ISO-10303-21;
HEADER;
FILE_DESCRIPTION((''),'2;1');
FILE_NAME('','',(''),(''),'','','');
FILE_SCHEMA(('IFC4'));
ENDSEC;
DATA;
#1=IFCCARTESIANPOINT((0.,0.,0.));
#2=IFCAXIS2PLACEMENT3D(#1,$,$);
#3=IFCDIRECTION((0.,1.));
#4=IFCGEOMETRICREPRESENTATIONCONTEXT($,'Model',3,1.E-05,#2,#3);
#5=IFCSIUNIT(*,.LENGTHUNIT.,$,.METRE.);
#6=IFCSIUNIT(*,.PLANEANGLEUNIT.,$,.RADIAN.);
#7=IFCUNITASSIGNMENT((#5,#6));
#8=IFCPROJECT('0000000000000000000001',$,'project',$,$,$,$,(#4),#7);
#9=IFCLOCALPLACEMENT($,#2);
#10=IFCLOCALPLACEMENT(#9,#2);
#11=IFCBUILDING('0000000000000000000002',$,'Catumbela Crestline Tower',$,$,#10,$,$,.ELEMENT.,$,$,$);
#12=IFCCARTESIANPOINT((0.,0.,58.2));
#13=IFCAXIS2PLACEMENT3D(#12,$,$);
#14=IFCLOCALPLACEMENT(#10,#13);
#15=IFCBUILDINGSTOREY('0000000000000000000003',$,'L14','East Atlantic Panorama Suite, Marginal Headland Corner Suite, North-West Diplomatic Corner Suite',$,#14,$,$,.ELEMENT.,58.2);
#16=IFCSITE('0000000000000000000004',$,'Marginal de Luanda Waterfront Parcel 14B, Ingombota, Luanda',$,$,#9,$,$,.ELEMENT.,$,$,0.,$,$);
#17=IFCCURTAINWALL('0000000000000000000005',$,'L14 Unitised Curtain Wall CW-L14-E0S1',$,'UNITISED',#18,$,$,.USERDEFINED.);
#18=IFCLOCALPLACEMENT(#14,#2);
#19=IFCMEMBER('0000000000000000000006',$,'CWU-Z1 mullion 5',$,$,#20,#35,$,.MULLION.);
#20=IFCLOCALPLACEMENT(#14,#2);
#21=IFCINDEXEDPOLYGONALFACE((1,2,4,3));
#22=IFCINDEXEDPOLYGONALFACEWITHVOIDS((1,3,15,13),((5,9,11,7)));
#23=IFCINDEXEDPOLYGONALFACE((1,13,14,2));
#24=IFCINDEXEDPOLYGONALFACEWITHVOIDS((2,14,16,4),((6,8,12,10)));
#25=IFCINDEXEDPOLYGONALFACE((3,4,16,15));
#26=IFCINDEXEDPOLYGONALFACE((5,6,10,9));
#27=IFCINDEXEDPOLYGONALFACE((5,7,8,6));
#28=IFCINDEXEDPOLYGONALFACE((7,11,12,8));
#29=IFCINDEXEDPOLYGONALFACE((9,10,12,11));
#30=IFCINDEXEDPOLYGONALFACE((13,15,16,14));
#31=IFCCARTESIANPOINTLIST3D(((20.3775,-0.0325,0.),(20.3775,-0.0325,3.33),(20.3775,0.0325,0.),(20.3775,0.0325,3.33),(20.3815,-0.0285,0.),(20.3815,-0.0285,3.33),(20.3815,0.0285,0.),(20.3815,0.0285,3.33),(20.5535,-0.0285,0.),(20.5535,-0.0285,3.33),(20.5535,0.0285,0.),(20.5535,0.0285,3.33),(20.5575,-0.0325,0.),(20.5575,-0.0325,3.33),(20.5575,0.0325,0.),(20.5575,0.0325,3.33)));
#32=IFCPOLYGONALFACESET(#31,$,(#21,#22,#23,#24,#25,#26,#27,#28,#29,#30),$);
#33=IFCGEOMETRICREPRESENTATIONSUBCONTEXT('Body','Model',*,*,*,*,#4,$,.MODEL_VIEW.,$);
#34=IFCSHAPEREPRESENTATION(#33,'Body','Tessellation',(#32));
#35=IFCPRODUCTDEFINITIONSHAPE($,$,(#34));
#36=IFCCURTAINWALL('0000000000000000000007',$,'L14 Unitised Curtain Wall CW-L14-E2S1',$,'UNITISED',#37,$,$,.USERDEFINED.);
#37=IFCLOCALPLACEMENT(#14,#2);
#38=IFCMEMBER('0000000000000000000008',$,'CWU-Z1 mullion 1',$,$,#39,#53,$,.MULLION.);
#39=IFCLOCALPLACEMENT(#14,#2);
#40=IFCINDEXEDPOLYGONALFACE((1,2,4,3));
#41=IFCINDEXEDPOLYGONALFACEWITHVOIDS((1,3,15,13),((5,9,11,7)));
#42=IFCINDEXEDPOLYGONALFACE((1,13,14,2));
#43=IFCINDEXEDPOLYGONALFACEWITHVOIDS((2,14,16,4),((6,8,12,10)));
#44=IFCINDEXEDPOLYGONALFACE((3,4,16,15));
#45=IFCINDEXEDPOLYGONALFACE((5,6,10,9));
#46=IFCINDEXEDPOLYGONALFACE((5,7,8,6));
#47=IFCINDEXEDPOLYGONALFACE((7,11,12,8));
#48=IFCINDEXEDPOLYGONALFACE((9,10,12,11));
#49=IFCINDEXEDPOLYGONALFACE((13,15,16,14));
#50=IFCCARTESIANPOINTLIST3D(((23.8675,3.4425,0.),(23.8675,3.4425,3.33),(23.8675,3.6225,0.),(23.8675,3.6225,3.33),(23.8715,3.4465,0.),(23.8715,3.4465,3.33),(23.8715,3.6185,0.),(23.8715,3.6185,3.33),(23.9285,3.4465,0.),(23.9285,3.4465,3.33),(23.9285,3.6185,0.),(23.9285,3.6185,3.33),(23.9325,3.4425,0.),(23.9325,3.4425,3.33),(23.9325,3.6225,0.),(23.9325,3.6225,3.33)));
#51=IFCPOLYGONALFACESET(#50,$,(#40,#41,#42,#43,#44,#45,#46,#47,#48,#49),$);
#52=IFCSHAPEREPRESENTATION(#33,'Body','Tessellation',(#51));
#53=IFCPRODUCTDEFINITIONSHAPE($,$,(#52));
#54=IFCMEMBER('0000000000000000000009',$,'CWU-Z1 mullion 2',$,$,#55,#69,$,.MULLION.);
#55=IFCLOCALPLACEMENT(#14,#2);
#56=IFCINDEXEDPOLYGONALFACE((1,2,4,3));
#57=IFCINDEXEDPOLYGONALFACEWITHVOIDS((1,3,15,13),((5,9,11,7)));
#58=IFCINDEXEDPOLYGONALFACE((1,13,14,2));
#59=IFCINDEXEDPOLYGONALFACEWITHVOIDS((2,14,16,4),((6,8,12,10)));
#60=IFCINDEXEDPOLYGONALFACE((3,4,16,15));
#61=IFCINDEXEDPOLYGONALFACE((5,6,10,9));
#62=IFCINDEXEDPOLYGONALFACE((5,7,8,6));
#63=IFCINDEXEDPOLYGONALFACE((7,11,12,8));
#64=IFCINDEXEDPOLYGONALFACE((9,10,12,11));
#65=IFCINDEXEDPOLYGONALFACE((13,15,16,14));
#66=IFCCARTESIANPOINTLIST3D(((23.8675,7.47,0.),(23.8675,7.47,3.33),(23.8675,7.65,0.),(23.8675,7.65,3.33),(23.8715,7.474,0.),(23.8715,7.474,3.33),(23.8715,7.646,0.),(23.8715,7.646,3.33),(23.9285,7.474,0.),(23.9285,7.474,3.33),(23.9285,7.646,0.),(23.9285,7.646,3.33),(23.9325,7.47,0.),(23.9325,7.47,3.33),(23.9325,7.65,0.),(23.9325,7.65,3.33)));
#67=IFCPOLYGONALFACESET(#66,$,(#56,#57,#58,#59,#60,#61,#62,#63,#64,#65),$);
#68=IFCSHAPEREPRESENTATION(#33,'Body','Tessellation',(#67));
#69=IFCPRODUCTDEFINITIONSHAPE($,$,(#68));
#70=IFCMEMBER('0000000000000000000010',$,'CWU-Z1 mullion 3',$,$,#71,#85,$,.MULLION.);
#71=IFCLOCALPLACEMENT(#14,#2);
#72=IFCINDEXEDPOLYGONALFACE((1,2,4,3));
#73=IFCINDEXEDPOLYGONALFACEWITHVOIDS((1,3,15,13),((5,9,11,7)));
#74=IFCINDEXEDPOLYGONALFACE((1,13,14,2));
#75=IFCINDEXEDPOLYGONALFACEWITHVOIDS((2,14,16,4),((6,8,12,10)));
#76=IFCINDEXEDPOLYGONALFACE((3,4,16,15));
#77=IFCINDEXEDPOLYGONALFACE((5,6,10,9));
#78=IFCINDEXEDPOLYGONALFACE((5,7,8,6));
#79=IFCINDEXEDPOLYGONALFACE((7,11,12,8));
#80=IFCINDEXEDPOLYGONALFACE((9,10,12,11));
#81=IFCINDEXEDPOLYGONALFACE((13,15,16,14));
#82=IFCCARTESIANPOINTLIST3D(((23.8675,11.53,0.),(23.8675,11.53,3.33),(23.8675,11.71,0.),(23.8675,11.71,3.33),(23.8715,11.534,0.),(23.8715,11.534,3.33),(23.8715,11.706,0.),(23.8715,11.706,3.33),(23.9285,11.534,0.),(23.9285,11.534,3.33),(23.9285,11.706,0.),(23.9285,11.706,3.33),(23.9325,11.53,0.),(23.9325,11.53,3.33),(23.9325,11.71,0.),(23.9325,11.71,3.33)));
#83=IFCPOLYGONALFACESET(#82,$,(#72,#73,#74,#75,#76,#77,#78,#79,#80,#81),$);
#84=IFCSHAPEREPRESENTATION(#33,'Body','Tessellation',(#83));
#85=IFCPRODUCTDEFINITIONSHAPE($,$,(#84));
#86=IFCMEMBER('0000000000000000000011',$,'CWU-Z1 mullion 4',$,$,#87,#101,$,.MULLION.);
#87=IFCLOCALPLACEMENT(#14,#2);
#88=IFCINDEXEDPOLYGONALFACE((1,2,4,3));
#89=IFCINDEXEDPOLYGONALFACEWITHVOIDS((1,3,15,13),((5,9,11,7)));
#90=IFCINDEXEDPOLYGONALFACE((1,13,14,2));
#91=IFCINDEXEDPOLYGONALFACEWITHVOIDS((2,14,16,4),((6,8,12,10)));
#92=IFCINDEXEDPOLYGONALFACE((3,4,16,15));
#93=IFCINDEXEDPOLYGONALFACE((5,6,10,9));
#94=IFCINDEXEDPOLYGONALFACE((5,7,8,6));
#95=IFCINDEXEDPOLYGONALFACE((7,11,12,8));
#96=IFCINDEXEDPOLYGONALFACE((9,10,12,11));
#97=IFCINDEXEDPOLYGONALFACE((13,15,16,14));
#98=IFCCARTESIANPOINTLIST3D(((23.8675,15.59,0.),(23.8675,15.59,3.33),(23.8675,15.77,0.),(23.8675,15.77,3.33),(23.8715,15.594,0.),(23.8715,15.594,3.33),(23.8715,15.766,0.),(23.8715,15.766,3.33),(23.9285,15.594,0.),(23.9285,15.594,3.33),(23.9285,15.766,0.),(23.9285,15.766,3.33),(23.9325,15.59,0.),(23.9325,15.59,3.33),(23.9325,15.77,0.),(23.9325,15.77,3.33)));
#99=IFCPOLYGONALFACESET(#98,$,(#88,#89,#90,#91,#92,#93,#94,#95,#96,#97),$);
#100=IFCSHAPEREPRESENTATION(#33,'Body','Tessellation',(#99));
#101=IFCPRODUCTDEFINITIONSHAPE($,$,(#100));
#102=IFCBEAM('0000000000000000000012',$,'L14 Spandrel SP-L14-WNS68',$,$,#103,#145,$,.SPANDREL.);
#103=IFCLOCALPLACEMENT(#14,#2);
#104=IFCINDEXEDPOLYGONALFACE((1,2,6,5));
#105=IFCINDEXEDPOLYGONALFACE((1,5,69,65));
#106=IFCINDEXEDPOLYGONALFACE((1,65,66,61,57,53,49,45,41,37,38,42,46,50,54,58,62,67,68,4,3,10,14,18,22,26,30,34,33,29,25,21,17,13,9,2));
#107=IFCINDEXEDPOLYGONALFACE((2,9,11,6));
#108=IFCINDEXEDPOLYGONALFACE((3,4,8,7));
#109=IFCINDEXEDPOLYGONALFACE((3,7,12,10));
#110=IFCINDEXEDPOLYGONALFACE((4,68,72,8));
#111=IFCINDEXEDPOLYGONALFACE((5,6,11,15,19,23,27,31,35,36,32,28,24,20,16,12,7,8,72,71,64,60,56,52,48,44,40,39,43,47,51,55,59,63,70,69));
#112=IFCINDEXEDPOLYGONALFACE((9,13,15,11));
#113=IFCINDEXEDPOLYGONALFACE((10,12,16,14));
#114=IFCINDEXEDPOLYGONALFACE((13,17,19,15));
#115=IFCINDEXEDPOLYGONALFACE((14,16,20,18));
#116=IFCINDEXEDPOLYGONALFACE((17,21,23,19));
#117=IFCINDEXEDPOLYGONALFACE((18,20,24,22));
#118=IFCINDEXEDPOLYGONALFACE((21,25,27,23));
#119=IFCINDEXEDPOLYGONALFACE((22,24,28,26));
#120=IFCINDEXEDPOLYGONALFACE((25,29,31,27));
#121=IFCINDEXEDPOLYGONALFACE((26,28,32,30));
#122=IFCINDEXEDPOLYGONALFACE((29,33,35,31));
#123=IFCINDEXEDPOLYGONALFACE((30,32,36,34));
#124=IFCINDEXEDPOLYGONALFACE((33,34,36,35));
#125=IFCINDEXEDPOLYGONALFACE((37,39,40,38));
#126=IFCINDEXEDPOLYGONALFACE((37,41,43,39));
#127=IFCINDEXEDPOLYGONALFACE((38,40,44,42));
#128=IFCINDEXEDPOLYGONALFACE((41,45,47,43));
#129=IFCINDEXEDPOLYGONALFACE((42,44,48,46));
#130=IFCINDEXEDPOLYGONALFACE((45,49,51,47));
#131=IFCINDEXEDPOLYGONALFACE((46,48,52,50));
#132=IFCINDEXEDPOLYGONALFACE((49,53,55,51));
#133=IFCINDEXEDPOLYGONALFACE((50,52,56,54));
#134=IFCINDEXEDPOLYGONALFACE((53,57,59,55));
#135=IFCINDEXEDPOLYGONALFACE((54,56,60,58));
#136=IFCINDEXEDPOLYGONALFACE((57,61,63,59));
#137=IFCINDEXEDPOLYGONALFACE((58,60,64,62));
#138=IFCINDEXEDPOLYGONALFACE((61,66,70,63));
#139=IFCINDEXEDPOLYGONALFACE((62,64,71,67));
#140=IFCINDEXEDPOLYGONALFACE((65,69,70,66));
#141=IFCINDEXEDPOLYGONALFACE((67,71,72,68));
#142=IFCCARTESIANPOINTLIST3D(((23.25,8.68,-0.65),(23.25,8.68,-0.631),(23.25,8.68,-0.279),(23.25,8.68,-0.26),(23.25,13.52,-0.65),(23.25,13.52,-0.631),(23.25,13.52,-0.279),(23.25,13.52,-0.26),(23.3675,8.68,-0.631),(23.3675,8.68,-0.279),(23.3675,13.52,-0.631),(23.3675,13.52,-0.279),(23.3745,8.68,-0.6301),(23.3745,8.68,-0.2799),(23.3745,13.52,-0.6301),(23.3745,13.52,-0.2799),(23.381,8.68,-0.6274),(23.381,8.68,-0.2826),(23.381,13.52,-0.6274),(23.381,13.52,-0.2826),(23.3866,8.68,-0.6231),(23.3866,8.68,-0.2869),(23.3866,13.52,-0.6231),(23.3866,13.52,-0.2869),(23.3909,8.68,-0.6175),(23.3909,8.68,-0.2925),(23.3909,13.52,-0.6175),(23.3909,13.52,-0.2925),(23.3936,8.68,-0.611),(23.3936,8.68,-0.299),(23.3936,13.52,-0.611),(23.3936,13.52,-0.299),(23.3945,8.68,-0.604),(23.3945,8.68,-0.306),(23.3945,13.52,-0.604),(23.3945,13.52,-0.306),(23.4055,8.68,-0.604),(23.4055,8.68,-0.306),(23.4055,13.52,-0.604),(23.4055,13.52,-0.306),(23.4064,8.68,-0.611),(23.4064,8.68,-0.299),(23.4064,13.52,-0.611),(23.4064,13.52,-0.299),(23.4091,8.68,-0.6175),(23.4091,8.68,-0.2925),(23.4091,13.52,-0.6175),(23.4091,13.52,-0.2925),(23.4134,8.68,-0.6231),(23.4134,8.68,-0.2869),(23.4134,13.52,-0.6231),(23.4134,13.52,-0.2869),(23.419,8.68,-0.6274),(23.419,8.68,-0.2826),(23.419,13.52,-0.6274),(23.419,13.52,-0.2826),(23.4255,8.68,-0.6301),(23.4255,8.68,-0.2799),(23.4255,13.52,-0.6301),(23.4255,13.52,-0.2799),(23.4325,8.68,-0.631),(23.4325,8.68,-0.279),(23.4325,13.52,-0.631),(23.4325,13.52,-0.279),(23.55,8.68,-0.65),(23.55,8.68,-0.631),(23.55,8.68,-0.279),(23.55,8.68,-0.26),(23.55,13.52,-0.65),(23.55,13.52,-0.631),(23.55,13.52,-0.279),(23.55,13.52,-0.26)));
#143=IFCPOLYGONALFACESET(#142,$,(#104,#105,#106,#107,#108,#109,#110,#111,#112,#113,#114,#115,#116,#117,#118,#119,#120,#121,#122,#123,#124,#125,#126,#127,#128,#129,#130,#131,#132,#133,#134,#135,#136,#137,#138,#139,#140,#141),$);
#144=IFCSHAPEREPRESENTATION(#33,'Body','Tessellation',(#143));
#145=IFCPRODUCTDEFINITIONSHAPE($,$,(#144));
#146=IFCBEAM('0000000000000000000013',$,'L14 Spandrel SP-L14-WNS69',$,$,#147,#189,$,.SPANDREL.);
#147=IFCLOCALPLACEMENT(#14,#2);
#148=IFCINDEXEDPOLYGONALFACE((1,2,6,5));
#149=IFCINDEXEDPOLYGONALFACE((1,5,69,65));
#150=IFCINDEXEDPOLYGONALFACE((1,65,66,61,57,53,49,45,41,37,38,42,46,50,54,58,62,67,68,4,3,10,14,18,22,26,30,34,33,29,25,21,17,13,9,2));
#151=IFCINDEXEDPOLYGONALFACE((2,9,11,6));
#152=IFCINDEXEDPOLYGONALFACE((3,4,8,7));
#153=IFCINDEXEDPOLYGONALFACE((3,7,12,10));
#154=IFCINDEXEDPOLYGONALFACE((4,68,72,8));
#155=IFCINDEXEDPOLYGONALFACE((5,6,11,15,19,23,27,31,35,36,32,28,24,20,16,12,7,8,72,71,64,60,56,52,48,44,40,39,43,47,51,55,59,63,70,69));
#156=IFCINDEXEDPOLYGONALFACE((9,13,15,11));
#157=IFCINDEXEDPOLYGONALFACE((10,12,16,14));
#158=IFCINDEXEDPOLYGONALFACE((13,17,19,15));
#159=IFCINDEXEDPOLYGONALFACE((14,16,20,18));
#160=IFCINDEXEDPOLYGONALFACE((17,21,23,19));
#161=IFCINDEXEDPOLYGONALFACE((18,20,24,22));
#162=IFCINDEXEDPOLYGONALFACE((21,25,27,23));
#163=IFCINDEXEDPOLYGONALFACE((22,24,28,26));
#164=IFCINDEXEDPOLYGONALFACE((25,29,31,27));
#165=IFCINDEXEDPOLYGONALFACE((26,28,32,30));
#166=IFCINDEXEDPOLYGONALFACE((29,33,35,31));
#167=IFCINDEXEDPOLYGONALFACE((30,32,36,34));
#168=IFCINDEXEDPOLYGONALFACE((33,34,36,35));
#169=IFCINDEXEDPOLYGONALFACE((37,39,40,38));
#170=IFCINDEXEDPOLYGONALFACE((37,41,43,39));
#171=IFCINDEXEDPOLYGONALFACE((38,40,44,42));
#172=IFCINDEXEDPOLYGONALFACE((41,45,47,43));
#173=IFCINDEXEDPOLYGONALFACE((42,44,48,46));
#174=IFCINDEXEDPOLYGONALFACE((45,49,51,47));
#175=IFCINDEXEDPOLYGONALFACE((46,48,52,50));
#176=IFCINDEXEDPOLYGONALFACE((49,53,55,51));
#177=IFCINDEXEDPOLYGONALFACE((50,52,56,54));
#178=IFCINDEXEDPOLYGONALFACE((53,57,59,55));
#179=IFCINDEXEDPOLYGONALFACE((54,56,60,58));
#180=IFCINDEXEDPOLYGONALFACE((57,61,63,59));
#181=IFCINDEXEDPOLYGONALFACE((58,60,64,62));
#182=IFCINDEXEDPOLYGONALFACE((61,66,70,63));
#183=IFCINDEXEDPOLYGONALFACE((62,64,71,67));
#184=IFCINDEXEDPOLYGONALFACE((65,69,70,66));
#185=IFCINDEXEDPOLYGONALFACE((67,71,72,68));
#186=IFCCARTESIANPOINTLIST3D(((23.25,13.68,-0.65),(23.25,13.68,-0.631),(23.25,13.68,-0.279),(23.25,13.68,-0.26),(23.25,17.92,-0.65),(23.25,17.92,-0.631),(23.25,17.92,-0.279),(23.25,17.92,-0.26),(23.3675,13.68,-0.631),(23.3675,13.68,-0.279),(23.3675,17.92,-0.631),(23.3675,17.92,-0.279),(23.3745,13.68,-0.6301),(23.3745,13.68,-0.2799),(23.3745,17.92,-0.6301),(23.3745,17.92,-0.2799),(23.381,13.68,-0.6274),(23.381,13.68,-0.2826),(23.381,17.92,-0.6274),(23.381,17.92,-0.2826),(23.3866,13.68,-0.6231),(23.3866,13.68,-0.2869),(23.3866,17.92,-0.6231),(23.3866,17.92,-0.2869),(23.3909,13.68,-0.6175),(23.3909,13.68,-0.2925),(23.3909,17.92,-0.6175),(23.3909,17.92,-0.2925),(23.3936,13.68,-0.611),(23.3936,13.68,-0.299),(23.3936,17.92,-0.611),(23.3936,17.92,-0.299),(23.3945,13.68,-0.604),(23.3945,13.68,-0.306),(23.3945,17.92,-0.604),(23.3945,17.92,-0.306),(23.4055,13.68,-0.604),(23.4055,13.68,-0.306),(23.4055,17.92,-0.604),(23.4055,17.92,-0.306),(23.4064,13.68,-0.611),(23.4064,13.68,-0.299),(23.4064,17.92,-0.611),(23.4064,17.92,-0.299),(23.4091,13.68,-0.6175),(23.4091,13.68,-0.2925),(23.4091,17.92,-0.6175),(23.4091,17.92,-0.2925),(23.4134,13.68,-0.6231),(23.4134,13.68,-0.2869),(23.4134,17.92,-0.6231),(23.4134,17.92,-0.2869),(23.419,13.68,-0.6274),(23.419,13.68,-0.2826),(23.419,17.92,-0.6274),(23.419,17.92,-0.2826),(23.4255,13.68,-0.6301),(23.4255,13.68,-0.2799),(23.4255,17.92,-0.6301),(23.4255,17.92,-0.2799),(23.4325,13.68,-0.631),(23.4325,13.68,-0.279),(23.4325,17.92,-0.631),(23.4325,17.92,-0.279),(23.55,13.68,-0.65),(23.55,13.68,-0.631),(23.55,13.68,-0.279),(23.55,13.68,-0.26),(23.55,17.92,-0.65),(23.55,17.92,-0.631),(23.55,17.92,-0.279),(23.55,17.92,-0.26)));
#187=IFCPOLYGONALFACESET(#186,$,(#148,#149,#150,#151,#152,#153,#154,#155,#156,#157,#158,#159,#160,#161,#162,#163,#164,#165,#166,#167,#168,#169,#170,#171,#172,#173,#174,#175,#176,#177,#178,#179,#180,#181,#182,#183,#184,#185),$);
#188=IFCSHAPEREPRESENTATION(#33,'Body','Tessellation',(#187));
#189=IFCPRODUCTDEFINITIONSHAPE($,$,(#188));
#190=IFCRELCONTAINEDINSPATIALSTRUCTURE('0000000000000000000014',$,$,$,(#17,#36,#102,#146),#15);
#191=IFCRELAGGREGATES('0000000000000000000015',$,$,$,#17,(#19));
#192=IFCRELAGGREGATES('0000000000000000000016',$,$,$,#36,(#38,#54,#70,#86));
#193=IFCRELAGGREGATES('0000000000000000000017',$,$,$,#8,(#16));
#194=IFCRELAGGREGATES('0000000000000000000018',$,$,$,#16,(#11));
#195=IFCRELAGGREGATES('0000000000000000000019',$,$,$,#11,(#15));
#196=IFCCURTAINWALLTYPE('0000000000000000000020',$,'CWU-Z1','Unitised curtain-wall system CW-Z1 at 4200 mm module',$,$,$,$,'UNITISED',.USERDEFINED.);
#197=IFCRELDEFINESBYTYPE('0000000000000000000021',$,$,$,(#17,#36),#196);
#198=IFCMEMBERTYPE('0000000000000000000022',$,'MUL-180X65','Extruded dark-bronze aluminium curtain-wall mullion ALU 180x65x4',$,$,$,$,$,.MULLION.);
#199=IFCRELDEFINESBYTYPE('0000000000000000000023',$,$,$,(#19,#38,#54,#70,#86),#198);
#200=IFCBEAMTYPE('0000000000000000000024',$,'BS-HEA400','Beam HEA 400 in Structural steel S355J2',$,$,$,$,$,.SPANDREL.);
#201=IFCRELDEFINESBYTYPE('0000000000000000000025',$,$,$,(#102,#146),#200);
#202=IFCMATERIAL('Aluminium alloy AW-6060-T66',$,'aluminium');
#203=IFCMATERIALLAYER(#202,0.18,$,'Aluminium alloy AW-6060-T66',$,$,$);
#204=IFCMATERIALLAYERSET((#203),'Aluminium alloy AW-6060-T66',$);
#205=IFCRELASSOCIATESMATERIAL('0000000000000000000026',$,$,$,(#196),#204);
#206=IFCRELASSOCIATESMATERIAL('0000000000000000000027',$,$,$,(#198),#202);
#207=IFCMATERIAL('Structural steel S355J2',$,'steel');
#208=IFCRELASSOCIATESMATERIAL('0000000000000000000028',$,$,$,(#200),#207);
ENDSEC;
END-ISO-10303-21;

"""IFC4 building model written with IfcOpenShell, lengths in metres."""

from ifc_helpers import new_model, si_unit, direction, frame, origin, origin_2d, place, context, subcontext, project, spatial, hollow_rectangle, i_section, extrude, material, layer, layer_set, material_profile, profile_set, type_object, element, aggregate, save


model = new_model("IFC4")

# Units and contexts
model_context = context("Model", 3, precision=1e-05, world=origin(), true_north=direction((0.0, 1.0)))
body_context = subcontext(model_context, "Body", "Model", "MODEL_VIEW")
ifc_project = project(units=[si_unit("LENGTHUNIT", "METRE"), si_unit("PLANEANGLEUNIT", "RADIAN")], contexts=[model_context])

# Site, building, storey
site_placement = place(None, origin())
site = spatial("IfcSite", under=ifc_project, at=site_placement, Name="Marginal de Luanda Waterfront Parcel 14B, Ingombota, Luanda", CompositionType="ELEMENT", RefElevation=0.0)
building_placement = place(site_placement, origin())
building = spatial("IfcBuilding", under=site, at=building_placement, Name="Catumbela Crestline Tower", CompositionType="ELEMENT")
storey_placement = place(building_placement, frame((0.0, 0.0, 58.2)))
storey = spatial("IfcBuildingStorey", under=building, at=storey_placement, Name="L14", Description="East Atlantic Panorama Suite, Marginal Headland Corner Suite, North-West Diplomatic Corner Suite", CompositionType="ELEMENT", Elevation=58.2)

# Shared definitions
ifc_material_1 = material(Name="Structural steel S355J2", Category="steel")

# Curtain wall, member
ifc_material_2 = material(Name="Aluminium alloy AW-6060-T66", Category="aluminium")
ifc_layer_1 = layer(ifc_material_2, 0.18, Name="Aluminium alloy AW-6060-T66")
ifc_layer_set_1 = layer_set([ifc_layer_1], Name="Aluminium alloy AW-6060-T66")
curtain_wall_type = type_object("IfcCurtainWallType", Name="CWU-Z1", Description="Unitised curtain-wall system CW-Z1 at 4200 mm module", ElementType="UNITISED", PredefinedType="USERDEFINED", material=ifc_layer_set_1)
curtain_wall_1_placement = place(storey_placement, origin())
curtain_wall_1 = element("IfcCurtainWall", 1, at=curtain_wall_1_placement, inside=storey, type_object=curtain_wall_type, Name="L14 Unitised Curtain Wall CW-L14-E0S1", ObjectType="UNITISED", PredefinedType="USERDEFINED")
ifc_material_profile_1 = material_profile(ifc_material_2, hollow_rectangle(XDim=0.065, YDim=0.18, WallThickness=0.004, at=origin_2d()), Name="ALU 180x65x4")
ifc_profile_set_1 = profile_set([ifc_material_profile_1], Name="Aluminium alloy AW-6060-T66")
member_type_1 = type_object("IfcMemberType", Name="MUL-180X65", Description="Extruded dark-bronze aluminium curtain-wall mullion ALU 180x65x4", PredefinedType="MULLION", material=ifc_profile_set_1)
member_1_placement = place(storey_placement, frame((20.4675, 0.0, 0.0), z_axis=(0.0, 0.0, 1.0), x_axis=(0.0, 1.0, 0.0)))
member_1 = element("IfcMember", 2, at=member_1_placement, type_object=member_type_1, Name="CWU-Z1 mullion 5", PredefinedType="MULLION", context=body_context, shape_type="SweptSolid", body=[
    extrude(hollow_rectangle(XDim=0.065, YDim=0.18, WallThickness=0.004, at=origin_2d()), origin(), (0.0, 0.0, 1.0), 3.33),
])
aggregate(curtain_wall_1, [member_1])

# Curtain wall, members
curtain_wall_2_placement = place(storey_placement, origin())
curtain_wall_2 = element("IfcCurtainWall", 3, at=curtain_wall_2_placement, inside=storey, type_object=curtain_wall_type, Name="L14 Unitised Curtain Wall CW-L14-E2S1", ObjectType="UNITISED", PredefinedType="USERDEFINED")
member_2_placement = place(storey_placement, frame((23.9, 3.5325, 0.0), z_axis=(0.0, 0.0, 1.0), x_axis=(-1.0, 0.0, 0.0)))
member_2 = element("IfcMember", 4, at=member_2_placement, type_object=member_type_1, Name="CWU-Z1 mullion 1", PredefinedType="MULLION", context=body_context, shape_type="SweptSolid", body=[
    extrude(hollow_rectangle(XDim=0.065, YDim=0.18, WallThickness=0.004, at=origin_2d()), origin(), (0.0, 0.0, 1.0), 3.33),
])
member_3_placement = place(storey_placement, frame((23.9, 7.56, 0.0), z_axis=(0.0, 0.0, 1.0), x_axis=(-1.0, 0.0, 0.0)))
member_3 = element("IfcMember", 5, at=member_3_placement, type_object=member_type_1, Name="CWU-Z1 mullion 2", PredefinedType="MULLION", context=body_context, shape_type="SweptSolid", body=[
    extrude(hollow_rectangle(XDim=0.065, YDim=0.18, WallThickness=0.004, at=origin_2d()), origin(), (0.0, 0.0, 1.0), 3.33),
])
member_4_placement = place(storey_placement, frame((23.9, 11.62, 0.0), z_axis=(0.0, 0.0, 1.0), x_axis=(-1.0, 0.0, 0.0)))
member_4 = element("IfcMember", 6, at=member_4_placement, type_object=member_type_1, Name="CWU-Z1 mullion 3", PredefinedType="MULLION", context=body_context, shape_type="SweptSolid", body=[
    extrude(hollow_rectangle(XDim=0.065, YDim=0.18, WallThickness=0.004, at=origin_2d()), origin(), (0.0, 0.0, 1.0), 3.33),
])
member_5_placement = place(storey_placement, frame((23.9, 15.68, 0.0), z_axis=(0.0, 0.0, 1.0), x_axis=(-1.0, 0.0, 0.0)))
member_5 = element("IfcMember", 7, at=member_5_placement, type_object=member_type_1, Name="CWU-Z1 mullion 4", PredefinedType="MULLION", context=body_context, shape_type="SweptSolid", body=[
    extrude(hollow_rectangle(XDim=0.065, YDim=0.18, WallThickness=0.004, at=origin_2d()), origin(), (0.0, 0.0, 1.0), 3.33),
])

# Beams
ifc_material_profile_2 = material_profile(ifc_material_1, i_section(OverallWidth=0.3, OverallDepth=0.39, WebThickness=0.011, FlangeThickness=0.019, FilletRadius=0.027, at=origin_2d()), Name="HEA 400")
ifc_profile_set_2 = profile_set([ifc_material_profile_2], Name="Structural steel S355J2")
beam_type_1 = type_object("IfcBeamType", Name="BS-HEA400", Description="Beam HEA 400 in Structural steel S355J2", PredefinedType="SPANDREL", material=ifc_profile_set_2)
beam_1_placement = place(storey_placement, frame((23.4, 8.68, -0.455), z_axis=(0.0, 1.0, 0.0), x_axis=(-1.0, 0.0, 0.0)))
element("IfcBeam", 8, at=beam_1_placement, inside=storey, type_object=beam_type_1, Name="L14 Spandrel SP-L14-WNS68", PredefinedType="SPANDREL", context=body_context, shape_type="SweptSolid", body=[
    extrude(i_section(OverallWidth=0.3, OverallDepth=0.39, WebThickness=0.011, FlangeThickness=0.019, FilletRadius=0.027, at=origin_2d()), origin(), (0.0, 0.0, 1.0), 4.84),
])
beam_2_placement = place(storey_placement, frame((23.4, 13.68, -0.455), z_axis=(0.0, 1.0, 0.0), x_axis=(-1.0, 0.0, 0.0)))
element("IfcBeam", 9, at=beam_2_placement, inside=storey, type_object=beam_type_1, Name="L14 Spandrel SP-L14-WNS69", PredefinedType="SPANDREL", context=body_context, shape_type="SweptSolid", body=[
    extrude(i_section(OverallWidth=0.3, OverallDepth=0.39, WebThickness=0.011, FlangeThickness=0.019, FilletRadius=0.027, at=origin_2d()), origin(), (0.0, 0.0, 1.0), 4.24),
])

aggregate(curtain_wall_2, [member_2, member_3, member_4, member_5])

save(model, "model.ifc")
